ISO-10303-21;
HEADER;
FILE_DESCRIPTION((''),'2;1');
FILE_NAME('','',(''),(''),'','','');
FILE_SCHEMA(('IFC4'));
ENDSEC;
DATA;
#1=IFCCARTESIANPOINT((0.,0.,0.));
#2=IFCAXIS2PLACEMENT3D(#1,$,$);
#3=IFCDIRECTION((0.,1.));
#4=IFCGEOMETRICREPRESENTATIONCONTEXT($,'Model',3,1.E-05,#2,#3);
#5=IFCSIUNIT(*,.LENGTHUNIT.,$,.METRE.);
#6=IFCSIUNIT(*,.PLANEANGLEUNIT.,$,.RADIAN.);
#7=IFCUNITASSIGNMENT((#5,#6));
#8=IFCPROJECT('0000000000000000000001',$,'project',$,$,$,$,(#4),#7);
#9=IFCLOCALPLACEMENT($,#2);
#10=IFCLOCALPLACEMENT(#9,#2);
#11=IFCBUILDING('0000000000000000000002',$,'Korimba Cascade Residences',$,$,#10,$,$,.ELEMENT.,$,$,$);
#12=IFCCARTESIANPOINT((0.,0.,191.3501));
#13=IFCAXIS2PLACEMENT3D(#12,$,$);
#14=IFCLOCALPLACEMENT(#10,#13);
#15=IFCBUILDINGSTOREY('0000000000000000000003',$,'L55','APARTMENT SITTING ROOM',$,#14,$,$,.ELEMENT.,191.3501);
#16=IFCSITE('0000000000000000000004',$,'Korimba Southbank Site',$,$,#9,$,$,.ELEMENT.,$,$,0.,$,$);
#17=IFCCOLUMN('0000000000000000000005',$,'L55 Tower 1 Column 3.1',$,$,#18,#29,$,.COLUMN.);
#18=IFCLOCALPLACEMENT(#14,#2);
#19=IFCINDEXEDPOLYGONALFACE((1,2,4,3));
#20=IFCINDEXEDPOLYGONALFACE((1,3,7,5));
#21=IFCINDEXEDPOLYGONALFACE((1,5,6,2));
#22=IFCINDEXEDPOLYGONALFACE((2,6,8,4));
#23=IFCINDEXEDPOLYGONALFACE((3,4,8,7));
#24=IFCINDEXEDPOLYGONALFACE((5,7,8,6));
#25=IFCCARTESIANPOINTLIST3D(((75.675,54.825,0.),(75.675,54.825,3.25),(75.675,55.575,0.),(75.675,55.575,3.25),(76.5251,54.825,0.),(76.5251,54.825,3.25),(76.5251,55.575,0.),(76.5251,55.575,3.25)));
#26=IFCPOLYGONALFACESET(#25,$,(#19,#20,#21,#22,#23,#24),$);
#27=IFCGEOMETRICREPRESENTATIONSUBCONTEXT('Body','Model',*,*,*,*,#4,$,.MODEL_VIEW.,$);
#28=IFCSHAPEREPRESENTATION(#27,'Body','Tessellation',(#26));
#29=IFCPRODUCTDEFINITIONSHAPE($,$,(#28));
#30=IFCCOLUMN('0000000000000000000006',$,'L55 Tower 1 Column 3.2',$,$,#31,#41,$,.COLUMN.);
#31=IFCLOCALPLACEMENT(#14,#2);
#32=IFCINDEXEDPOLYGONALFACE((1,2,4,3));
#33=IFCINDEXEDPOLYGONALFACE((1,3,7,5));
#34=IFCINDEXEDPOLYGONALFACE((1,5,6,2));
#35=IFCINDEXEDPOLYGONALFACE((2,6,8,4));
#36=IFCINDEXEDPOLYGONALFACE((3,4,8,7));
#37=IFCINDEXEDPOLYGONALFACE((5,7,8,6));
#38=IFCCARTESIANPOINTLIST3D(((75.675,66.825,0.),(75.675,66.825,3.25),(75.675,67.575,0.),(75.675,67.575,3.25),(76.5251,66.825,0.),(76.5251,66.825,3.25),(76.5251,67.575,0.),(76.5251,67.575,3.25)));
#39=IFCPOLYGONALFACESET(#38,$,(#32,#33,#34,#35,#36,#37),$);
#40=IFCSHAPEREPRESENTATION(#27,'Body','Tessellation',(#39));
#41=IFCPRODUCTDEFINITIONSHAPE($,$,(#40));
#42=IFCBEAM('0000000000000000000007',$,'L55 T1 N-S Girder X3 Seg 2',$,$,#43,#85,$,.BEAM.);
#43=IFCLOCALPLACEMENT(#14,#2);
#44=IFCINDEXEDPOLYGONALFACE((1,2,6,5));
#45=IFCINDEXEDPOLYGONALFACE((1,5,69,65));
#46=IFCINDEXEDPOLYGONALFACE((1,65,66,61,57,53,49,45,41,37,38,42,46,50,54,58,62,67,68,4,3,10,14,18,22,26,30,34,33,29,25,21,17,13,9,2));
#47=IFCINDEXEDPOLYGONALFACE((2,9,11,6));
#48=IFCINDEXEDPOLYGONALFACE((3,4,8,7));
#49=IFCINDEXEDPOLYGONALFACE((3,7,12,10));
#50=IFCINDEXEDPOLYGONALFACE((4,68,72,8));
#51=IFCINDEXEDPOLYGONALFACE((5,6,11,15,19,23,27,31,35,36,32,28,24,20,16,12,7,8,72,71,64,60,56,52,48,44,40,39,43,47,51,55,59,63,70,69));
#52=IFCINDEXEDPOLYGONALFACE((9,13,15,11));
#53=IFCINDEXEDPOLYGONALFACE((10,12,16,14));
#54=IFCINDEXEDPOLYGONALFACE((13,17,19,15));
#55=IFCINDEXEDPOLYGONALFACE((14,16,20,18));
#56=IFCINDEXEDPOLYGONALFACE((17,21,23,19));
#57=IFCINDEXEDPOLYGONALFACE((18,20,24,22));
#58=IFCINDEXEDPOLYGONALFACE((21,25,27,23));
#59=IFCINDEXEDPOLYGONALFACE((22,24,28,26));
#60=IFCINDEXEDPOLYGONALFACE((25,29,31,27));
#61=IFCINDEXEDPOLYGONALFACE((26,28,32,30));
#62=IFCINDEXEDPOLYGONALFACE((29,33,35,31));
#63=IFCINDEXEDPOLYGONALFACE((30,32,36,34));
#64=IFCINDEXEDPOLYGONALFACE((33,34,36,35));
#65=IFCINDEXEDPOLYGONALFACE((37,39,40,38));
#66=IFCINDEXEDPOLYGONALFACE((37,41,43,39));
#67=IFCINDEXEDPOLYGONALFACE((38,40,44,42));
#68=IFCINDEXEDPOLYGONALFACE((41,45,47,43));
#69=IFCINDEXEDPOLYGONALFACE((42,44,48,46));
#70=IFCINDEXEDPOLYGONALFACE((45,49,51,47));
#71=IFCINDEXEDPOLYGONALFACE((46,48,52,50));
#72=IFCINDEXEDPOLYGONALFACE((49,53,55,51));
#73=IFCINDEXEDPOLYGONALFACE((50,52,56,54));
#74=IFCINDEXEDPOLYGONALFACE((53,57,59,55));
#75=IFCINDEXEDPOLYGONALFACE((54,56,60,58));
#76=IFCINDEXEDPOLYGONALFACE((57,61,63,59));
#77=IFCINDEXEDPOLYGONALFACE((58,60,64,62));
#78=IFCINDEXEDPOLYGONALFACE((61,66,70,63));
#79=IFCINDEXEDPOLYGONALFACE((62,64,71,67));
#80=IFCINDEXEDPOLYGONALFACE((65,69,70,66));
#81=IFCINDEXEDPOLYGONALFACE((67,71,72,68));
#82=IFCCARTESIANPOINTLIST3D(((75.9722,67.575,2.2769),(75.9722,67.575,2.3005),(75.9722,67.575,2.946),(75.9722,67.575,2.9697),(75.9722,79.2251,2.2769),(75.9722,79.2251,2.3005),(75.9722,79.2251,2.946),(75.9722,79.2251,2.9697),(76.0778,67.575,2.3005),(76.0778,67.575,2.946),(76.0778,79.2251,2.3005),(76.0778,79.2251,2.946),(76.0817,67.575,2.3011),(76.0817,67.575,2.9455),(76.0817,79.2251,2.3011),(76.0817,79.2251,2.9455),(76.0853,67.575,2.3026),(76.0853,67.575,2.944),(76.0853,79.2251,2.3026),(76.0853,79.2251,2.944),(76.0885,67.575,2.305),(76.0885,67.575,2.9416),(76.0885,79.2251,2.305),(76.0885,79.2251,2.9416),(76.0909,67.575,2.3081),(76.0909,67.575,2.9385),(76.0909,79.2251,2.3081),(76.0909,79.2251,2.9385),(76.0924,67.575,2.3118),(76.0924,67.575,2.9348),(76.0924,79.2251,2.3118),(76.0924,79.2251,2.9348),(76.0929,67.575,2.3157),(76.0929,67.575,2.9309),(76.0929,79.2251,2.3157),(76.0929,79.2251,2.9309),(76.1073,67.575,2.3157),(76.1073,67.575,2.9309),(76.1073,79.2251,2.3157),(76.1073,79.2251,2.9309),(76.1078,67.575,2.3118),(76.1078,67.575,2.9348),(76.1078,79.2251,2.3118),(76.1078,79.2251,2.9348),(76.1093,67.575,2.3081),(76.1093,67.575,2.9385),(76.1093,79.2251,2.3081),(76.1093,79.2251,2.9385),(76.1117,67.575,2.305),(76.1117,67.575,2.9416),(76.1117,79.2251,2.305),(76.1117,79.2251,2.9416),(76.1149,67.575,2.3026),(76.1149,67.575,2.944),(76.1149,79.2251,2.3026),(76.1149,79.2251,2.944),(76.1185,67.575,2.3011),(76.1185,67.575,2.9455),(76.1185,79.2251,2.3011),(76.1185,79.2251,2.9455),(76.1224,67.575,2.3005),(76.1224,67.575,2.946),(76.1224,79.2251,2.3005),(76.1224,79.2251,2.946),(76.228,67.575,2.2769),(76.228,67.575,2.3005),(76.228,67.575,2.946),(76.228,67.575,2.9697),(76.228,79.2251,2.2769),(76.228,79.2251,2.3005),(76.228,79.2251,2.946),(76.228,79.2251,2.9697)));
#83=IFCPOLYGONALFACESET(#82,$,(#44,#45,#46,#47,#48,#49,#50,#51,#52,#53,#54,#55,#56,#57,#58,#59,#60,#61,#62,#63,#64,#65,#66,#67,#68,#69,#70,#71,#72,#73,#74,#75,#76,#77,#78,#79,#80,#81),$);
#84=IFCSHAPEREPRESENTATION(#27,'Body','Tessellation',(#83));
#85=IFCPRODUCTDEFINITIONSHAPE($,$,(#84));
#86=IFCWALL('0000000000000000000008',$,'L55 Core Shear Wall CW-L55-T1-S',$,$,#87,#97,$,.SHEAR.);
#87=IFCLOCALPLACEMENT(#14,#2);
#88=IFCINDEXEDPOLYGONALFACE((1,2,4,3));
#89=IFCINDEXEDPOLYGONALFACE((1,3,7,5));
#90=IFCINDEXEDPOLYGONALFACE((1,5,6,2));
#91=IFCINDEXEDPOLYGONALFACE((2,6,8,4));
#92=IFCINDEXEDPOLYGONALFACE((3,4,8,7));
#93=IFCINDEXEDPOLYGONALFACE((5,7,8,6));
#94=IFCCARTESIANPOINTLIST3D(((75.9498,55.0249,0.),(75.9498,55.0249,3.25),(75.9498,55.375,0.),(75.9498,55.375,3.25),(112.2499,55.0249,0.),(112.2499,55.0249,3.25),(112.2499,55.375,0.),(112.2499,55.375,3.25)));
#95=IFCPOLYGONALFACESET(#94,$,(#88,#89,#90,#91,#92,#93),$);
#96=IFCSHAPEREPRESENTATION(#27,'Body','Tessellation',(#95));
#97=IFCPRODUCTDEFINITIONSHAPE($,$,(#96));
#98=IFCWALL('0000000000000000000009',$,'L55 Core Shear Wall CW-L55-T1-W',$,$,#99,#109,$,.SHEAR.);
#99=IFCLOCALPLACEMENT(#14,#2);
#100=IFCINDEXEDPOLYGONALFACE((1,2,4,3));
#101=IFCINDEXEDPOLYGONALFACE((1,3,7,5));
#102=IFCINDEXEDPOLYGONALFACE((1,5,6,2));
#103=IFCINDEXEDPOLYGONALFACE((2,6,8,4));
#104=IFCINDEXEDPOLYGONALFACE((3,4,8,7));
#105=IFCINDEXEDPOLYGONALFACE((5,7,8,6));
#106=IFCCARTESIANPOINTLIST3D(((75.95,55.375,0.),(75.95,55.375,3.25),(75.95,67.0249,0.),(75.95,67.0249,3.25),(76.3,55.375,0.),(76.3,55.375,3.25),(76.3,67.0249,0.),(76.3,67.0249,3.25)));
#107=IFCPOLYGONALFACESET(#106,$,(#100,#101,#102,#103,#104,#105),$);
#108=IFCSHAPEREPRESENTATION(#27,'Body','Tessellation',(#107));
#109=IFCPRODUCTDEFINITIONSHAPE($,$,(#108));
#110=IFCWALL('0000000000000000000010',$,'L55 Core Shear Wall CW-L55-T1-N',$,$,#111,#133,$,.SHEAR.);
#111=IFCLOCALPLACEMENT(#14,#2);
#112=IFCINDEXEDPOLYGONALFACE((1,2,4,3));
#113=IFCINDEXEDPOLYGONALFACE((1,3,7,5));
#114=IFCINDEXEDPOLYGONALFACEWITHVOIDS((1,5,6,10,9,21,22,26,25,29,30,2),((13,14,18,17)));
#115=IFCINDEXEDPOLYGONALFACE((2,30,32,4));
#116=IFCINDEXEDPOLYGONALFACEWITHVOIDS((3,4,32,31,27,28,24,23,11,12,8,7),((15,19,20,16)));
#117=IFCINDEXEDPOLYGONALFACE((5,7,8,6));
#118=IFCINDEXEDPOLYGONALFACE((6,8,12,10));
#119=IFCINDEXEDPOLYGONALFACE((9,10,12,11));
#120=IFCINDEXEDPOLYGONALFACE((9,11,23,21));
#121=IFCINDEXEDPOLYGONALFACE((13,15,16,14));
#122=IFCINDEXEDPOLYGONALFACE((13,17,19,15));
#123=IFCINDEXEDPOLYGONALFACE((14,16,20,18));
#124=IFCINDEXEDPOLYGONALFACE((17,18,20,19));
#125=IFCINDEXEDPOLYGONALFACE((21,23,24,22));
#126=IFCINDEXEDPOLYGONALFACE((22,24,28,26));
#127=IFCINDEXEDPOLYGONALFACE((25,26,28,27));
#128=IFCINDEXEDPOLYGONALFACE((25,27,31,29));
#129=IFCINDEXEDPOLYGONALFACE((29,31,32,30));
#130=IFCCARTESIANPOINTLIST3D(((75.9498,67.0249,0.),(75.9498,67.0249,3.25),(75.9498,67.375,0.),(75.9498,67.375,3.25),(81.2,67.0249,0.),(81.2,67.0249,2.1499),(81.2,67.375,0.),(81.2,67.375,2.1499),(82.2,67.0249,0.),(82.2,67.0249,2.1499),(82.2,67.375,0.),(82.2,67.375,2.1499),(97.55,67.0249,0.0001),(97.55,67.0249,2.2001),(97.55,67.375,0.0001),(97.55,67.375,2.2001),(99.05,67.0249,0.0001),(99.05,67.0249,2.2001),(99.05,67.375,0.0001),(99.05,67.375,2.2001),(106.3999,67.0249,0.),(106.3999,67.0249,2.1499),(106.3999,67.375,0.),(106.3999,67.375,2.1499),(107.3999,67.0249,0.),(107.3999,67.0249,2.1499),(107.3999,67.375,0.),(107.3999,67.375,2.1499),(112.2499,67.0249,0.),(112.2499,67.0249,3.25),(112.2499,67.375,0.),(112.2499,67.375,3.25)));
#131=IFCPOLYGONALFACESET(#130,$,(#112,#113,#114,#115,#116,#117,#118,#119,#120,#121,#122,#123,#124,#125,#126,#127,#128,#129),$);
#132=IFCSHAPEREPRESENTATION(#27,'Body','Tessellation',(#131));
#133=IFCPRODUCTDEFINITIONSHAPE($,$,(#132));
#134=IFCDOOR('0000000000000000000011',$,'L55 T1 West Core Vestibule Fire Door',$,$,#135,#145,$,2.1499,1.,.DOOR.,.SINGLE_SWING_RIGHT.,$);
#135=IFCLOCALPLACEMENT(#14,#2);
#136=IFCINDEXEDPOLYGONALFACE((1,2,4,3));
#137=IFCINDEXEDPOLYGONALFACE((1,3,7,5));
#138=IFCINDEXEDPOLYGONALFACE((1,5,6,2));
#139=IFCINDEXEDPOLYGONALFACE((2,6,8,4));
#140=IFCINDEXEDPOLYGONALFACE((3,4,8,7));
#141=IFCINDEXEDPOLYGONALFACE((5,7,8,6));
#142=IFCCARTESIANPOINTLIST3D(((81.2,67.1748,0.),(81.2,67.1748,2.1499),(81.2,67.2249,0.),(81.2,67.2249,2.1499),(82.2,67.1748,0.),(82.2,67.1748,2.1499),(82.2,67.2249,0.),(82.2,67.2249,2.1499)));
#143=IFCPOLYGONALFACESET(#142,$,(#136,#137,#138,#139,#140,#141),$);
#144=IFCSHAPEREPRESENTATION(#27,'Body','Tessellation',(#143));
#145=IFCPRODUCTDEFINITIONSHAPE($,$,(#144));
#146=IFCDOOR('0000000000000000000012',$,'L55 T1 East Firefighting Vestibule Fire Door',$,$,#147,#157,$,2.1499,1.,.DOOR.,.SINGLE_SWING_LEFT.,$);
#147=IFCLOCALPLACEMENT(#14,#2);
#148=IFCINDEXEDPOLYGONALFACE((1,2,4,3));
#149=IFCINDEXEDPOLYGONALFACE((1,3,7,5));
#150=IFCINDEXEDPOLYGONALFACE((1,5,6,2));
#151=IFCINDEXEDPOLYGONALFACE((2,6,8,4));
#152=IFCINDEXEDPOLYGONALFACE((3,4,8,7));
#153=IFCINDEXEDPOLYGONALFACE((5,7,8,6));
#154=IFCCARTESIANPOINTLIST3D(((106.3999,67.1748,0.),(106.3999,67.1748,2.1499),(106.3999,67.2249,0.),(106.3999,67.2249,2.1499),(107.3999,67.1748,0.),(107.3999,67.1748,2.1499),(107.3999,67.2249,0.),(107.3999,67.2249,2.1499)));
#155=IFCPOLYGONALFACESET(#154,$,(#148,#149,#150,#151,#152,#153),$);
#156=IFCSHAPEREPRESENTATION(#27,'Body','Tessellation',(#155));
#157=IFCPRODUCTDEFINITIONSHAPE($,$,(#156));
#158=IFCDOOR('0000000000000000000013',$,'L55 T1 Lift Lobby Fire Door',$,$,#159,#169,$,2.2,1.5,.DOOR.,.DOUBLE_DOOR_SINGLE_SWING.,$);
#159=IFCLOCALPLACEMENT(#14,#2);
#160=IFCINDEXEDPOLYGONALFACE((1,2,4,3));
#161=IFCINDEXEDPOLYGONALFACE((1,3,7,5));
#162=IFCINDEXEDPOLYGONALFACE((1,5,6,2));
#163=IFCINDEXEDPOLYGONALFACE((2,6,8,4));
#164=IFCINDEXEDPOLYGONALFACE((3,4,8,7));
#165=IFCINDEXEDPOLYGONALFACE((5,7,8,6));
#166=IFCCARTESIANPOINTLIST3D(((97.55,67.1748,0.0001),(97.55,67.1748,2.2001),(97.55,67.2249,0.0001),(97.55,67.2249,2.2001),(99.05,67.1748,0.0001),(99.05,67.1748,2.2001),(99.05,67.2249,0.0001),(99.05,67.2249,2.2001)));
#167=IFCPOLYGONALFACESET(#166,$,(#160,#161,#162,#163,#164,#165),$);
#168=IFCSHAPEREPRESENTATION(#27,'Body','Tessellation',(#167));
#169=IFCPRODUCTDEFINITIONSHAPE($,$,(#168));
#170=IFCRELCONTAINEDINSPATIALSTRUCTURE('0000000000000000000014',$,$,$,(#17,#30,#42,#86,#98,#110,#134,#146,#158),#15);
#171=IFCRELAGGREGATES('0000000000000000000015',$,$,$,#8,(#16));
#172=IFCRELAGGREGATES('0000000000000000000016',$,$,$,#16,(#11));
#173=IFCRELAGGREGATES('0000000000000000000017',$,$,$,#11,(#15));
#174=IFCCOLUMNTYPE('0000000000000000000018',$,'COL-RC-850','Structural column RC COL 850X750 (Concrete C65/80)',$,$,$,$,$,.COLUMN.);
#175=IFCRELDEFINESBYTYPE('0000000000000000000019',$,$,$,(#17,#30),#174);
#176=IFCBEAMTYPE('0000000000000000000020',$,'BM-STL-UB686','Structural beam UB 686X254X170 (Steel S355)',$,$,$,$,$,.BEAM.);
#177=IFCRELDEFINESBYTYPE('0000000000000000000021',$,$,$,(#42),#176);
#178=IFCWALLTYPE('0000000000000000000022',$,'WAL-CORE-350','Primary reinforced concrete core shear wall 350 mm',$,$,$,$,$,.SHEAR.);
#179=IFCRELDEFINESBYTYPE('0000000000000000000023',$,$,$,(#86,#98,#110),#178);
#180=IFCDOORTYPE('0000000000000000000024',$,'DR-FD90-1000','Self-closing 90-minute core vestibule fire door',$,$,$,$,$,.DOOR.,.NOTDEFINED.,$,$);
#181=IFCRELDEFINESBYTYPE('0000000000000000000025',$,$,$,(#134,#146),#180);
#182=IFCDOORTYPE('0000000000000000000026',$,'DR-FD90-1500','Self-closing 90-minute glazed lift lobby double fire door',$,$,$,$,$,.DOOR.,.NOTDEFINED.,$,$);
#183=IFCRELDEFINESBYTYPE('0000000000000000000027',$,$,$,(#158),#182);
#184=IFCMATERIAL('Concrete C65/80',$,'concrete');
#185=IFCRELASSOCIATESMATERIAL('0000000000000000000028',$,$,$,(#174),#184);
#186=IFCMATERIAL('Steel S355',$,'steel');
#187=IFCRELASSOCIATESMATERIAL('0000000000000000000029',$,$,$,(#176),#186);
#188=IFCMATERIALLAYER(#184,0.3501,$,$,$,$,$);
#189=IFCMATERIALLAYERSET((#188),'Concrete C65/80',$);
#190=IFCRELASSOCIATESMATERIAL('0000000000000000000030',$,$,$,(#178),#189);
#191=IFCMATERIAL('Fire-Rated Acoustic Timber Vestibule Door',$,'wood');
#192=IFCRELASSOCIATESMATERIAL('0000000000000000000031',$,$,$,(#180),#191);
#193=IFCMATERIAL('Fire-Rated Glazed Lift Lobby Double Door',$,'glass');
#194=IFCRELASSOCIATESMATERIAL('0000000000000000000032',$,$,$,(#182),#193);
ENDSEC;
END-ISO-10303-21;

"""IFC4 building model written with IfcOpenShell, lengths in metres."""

from ifc_helpers import new_model, si_unit, direction, frame, frame_2d, origin, origin_2d, place, context, subcontext, project, spatial, rectangle, i_section, extrude, material, layer, layer_set, material_profile, profile_set, type_object, element, fill, save


model = new_model("IFC4")

# Units and contexts
model_context = context("Model", 3, precision=1e-05, world=origin(), true_north=direction((0.0, 1.0)))
body_context = subcontext(model_context, "Body", "Model", "MODEL_VIEW")
ifc_project = project(units=[si_unit("LENGTHUNIT", "METRE"), si_unit("PLANEANGLEUNIT", "RADIAN")], contexts=[model_context])

# Site, building, storey
site_placement = place(None, origin())
site = spatial("IfcSite", under=ifc_project, at=site_placement, Name="Korimba Southbank Site", CompositionType="ELEMENT", RefElevation=0.0)
building_placement = place(site_placement, origin())
building = spatial("IfcBuilding", under=site, at=building_placement, Name="Korimba Cascade Residences", CompositionType="ELEMENT")
storey_placement = place(building_placement, frame((0.0, 0.0, 191.3501)))
storey = spatial("IfcBuildingStorey", under=building, at=storey_placement, Name="L55", Description="APARTMENT SITTING ROOM", CompositionType="ELEMENT", Elevation=191.3501)

# Columns
ifc_material_1 = material(Name="Concrete C65/80", Category="concrete")
ifc_material_profile_1 = material_profile(ifc_material_1, rectangle(XDim=0.8501, YDim=0.75, at=origin_2d()), Name="Concrete C65/80")
ifc_profile_set_1 = profile_set([ifc_material_profile_1], Name="Concrete C65/80")
column_type = type_object("IfcColumnType", Name="COL-RC-850", Description="Structural column RC COL 850X750 (Concrete C65/80)", PredefinedType="COLUMN", material=ifc_profile_set_1)
for number, where, z_axis, x_axis, name in (
    (1, (76.1001, 55.2, 0.0), (0.0, 0.0, 1.0), (1.0, 0.0, 0.0), "L55 Tower 1 Column 3.1"),
    (2, (76.1001, 67.2, 0.0), (0.0, 0.0, 1.0), (1.0, 0.0, 0.0), "L55 Tower 1 Column 3.2"),
):
    element("IfcColumn", number, at=place(storey_placement, frame(where, z_axis=z_axis, x_axis=x_axis)), inside=storey, type_object=column_type, Name=name, PredefinedType="COLUMN", context=body_context, shape_type="SweptSolid", body=[
        extrude(rectangle(XDim=0.8501, YDim=0.75, at=origin_2d()), origin(), (0.0, 0.0, 1.0), 3.25),
    ])

# Beam
ifc_material_2 = material(Name="Steel S355", Category="steel")
ifc_material_profile_2 = material_profile(ifc_material_2, i_section(OverallWidth=0.2559, OverallDepth=0.6929, WebThickness=0.0144, FlangeThickness=0.0237, FilletRadius=0.0151, at=origin_2d()), Name="Steel S355")
ifc_profile_set_2 = profile_set([ifc_material_profile_2], Name="Steel S355")
beam_type = type_object("IfcBeamType", Name="BM-STL-UB686", Description="Structural beam UB 686X254X170 (Steel S355)", PredefinedType="BEAM", material=ifc_profile_set_2)
beam_placement = place(storey_placement, frame((76.1001, 67.575, 2.6233), z_axis=(0.0, 1.0, 0.0), x_axis=(-1.0, 0.0, 0.0)))
element("IfcBeam", 3, at=beam_placement, inside=storey, type_object=beam_type, Name="L55 T1 N-S Girder X3 Seg 2", PredefinedType="BEAM", context=body_context, shape_type="SweptSolid", body=[
    extrude(i_section(OverallWidth=0.2559, OverallDepth=0.6929, WebThickness=0.0144, FlangeThickness=0.0237, FilletRadius=0.0151, at=origin_2d()), origin(), (0.0, 0.0, 1.0), 11.6501),
])

# Walls
ifc_layer_1 = layer(ifc_material_1, 0.3501)
ifc_layer_set_1 = layer_set([ifc_layer_1], Name="Concrete C65/80")
wall_type_1 = type_object("IfcWallType", Name="WAL-CORE-350", Description="Primary reinforced concrete core shear wall 350 mm", PredefinedType="SHEAR", material=ifc_layer_set_1)
wall_1_placement = place(storey_placement, frame((75.95, 55.2, 0.0), z_axis=(0.0, 0.0, 1.0), x_axis=(1.0, 0.0, 0.0)))
element("IfcWall", 4, at=wall_1_placement, inside=storey, type_object=wall_type_1, Name="L55 Core Shear Wall CW-L55-T1-S", PredefinedType="SHEAR", context=body_context, shape_type="SweptSolid", body=[
    extrude(rectangle(XDim=36.3, YDim=0.3501, at=frame_2d((18.1499, 0.0))), origin(), (0.0, 0.0, 1.0), 3.25),
])
wall_2_placement = place(storey_placement, frame((76.125, 55.375, 0.0), z_axis=(0.0, 0.0, 1.0), x_axis=(0.0, 1.0, 0.0)))
element("IfcWall", 5, at=wall_2_placement, inside=storey, type_object=wall_type_1, Name="L55 Core Shear Wall CW-L55-T1-W", PredefinedType="SHEAR", context=body_context, shape_type="SweptSolid", body=[
    extrude(rectangle(XDim=11.6499, YDim=0.3501, at=frame_2d((5.825, 0.0))), origin(), (0.0, 0.0, 1.0), 3.25),
])

# Wall, openings, doors
wall_3_placement = place(storey_placement, frame((75.95, 67.2, 0.0), z_axis=(0.0, 0.0, 1.0), x_axis=(1.0, 0.0, 0.0)))
wall_3 = element("IfcWall", 6, at=wall_3_placement, inside=storey, type_object=wall_type_1, Name="L55 Core Shear Wall CW-L55-T1-N", PredefinedType="SHEAR", context=body_context, shape_type="SweptSolid", body=[
    extrude(rectangle(XDim=36.3, YDim=0.3501, at=frame_2d((18.1499, 0.0))), origin(), (0.0, 0.0, 1.0), 3.25),
])
opening_1_placement = place(wall_3_placement, frame((5.25, 0.0, 0.0)))
opening_1 = element("IfcOpeningElement", 7, at=opening_1_placement, cuts=wall_3, PredefinedType="OPENING", context=body_context, shape_type="SweptSolid", body=[
    extrude(rectangle(XDim=1.0, YDim=2.1499, at=frame_2d((0.5, 1.075))), frame((0.0, 0.1851, 0.0), z_axis=(0.0, -1.0, 0.0), x_axis=(1.0, 0.0, 0.0)), (0.0, 0.0, 1.0), 0.3701),
])
opening_2_placement = place(wall_3_placement, frame((21.6001, 0.0, 0.0)))
opening_2 = element("IfcOpeningElement", 8, at=opening_2_placement, cuts=wall_3, PredefinedType="OPENING", context=body_context, shape_type="SweptSolid", body=[
    extrude(rectangle(XDim=1.5, YDim=2.2, at=frame_2d((0.75, 1.1001))), frame((0.0, 0.1851, 0.0), z_axis=(0.0, -1.0, 0.0), x_axis=(1.0, 0.0, 0.0)), (0.0, 0.0, 1.0), 0.3701),
])
opening_3_placement = place(wall_3_placement, frame((30.45, 0.0, 0.0)))
opening_3 = element("IfcOpeningElement", 9, at=opening_3_placement, cuts=wall_3, PredefinedType="OPENING", context=body_context, shape_type="SweptSolid", body=[
    extrude(rectangle(XDim=1.0, YDim=2.1499, at=frame_2d((0.5, 1.075))), frame((0.0, 0.1851, 0.0), z_axis=(0.0, -1.0, 0.0), x_axis=(1.0, 0.0, 0.0)), (0.0, 0.0, 1.0), 0.3701),
])
ifc_material_3 = material(Name="Fire-Rated Acoustic Timber Vestibule Door", Category="wood")
door_type_1 = type_object("IfcDoorType", Name="DR-FD90-1000", Description="Self-closing 90-minute core vestibule fire door", OperationType="NOTDEFINED", PredefinedType="DOOR", material=ifc_material_3)
door_1_placement = place(opening_1_placement, origin())
door_1 = element("IfcDoor", 10, at=door_1_placement, inside=storey, type_object=door_type_1, Name="L55 T1 West Core Vestibule Fire Door", OperationType="SINGLE_SWING_RIGHT", OverallHeight=2.1499, OverallWidth=1.0, PredefinedType="DOOR", context=body_context, shape_type="SweptSolid", body=[
    extrude(rectangle(XDim=1.0, YDim=2.1499, at=frame_2d((0.5, 1.075))), frame((0.0, 0.0249, 0.0), z_axis=(0.0, -1.0, 0.0), x_axis=(1.0, 0.0, 0.0)), (0.0, 0.0, 1.0), 0.05),
])
fill(opening_1, door_1)
door_2_placement = place(opening_3_placement, origin())
door_2 = element("IfcDoor", 11, at=door_2_placement, inside=storey, type_object=door_type_1, Name="L55 T1 East Firefighting Vestibule Fire Door", OperationType="SINGLE_SWING_LEFT", OverallHeight=2.1499, OverallWidth=1.0, PredefinedType="DOOR", context=body_context, shape_type="SweptSolid", body=[
    extrude(rectangle(XDim=1.0, YDim=2.1499, at=frame_2d((0.5, 1.075))), frame((0.0, 0.0249, 0.0), z_axis=(0.0, -1.0, 0.0), x_axis=(1.0, 0.0, 0.0)), (0.0, 0.0, 1.0), 0.05),
])
fill(opening_3, door_2)
ifc_material_4 = material(Name="Fire-Rated Glazed Lift Lobby Double Door", Category="glass")
door_type_2 = type_object("IfcDoorType", Name="DR-FD90-1500", Description="Self-closing 90-minute glazed lift lobby double fire door", OperationType="NOTDEFINED", PredefinedType="DOOR", material=ifc_material_4)
door_3_placement = place(opening_2_placement, origin())
door_3 = element("IfcDoor", 12, at=door_3_placement, inside=storey, type_object=door_type_2, Name="L55 T1 Lift Lobby Fire Door", OperationType="DOUBLE_DOOR_SINGLE_SWING", OverallHeight=2.2, OverallWidth=1.5, PredefinedType="DOOR", context=body_context, shape_type="SweptSolid", body=[
    extrude(rectangle(XDim=1.5, YDim=2.2, at=frame_2d((0.75, 1.1001))), frame((0.0, 0.0249, 0.0), z_axis=(0.0, -1.0, 0.0), x_axis=(1.0, 0.0, 0.0)), (0.0, 0.0, 1.0), 0.05),
])
fill(opening_2, door_3)

save(model, "model.ifc")
